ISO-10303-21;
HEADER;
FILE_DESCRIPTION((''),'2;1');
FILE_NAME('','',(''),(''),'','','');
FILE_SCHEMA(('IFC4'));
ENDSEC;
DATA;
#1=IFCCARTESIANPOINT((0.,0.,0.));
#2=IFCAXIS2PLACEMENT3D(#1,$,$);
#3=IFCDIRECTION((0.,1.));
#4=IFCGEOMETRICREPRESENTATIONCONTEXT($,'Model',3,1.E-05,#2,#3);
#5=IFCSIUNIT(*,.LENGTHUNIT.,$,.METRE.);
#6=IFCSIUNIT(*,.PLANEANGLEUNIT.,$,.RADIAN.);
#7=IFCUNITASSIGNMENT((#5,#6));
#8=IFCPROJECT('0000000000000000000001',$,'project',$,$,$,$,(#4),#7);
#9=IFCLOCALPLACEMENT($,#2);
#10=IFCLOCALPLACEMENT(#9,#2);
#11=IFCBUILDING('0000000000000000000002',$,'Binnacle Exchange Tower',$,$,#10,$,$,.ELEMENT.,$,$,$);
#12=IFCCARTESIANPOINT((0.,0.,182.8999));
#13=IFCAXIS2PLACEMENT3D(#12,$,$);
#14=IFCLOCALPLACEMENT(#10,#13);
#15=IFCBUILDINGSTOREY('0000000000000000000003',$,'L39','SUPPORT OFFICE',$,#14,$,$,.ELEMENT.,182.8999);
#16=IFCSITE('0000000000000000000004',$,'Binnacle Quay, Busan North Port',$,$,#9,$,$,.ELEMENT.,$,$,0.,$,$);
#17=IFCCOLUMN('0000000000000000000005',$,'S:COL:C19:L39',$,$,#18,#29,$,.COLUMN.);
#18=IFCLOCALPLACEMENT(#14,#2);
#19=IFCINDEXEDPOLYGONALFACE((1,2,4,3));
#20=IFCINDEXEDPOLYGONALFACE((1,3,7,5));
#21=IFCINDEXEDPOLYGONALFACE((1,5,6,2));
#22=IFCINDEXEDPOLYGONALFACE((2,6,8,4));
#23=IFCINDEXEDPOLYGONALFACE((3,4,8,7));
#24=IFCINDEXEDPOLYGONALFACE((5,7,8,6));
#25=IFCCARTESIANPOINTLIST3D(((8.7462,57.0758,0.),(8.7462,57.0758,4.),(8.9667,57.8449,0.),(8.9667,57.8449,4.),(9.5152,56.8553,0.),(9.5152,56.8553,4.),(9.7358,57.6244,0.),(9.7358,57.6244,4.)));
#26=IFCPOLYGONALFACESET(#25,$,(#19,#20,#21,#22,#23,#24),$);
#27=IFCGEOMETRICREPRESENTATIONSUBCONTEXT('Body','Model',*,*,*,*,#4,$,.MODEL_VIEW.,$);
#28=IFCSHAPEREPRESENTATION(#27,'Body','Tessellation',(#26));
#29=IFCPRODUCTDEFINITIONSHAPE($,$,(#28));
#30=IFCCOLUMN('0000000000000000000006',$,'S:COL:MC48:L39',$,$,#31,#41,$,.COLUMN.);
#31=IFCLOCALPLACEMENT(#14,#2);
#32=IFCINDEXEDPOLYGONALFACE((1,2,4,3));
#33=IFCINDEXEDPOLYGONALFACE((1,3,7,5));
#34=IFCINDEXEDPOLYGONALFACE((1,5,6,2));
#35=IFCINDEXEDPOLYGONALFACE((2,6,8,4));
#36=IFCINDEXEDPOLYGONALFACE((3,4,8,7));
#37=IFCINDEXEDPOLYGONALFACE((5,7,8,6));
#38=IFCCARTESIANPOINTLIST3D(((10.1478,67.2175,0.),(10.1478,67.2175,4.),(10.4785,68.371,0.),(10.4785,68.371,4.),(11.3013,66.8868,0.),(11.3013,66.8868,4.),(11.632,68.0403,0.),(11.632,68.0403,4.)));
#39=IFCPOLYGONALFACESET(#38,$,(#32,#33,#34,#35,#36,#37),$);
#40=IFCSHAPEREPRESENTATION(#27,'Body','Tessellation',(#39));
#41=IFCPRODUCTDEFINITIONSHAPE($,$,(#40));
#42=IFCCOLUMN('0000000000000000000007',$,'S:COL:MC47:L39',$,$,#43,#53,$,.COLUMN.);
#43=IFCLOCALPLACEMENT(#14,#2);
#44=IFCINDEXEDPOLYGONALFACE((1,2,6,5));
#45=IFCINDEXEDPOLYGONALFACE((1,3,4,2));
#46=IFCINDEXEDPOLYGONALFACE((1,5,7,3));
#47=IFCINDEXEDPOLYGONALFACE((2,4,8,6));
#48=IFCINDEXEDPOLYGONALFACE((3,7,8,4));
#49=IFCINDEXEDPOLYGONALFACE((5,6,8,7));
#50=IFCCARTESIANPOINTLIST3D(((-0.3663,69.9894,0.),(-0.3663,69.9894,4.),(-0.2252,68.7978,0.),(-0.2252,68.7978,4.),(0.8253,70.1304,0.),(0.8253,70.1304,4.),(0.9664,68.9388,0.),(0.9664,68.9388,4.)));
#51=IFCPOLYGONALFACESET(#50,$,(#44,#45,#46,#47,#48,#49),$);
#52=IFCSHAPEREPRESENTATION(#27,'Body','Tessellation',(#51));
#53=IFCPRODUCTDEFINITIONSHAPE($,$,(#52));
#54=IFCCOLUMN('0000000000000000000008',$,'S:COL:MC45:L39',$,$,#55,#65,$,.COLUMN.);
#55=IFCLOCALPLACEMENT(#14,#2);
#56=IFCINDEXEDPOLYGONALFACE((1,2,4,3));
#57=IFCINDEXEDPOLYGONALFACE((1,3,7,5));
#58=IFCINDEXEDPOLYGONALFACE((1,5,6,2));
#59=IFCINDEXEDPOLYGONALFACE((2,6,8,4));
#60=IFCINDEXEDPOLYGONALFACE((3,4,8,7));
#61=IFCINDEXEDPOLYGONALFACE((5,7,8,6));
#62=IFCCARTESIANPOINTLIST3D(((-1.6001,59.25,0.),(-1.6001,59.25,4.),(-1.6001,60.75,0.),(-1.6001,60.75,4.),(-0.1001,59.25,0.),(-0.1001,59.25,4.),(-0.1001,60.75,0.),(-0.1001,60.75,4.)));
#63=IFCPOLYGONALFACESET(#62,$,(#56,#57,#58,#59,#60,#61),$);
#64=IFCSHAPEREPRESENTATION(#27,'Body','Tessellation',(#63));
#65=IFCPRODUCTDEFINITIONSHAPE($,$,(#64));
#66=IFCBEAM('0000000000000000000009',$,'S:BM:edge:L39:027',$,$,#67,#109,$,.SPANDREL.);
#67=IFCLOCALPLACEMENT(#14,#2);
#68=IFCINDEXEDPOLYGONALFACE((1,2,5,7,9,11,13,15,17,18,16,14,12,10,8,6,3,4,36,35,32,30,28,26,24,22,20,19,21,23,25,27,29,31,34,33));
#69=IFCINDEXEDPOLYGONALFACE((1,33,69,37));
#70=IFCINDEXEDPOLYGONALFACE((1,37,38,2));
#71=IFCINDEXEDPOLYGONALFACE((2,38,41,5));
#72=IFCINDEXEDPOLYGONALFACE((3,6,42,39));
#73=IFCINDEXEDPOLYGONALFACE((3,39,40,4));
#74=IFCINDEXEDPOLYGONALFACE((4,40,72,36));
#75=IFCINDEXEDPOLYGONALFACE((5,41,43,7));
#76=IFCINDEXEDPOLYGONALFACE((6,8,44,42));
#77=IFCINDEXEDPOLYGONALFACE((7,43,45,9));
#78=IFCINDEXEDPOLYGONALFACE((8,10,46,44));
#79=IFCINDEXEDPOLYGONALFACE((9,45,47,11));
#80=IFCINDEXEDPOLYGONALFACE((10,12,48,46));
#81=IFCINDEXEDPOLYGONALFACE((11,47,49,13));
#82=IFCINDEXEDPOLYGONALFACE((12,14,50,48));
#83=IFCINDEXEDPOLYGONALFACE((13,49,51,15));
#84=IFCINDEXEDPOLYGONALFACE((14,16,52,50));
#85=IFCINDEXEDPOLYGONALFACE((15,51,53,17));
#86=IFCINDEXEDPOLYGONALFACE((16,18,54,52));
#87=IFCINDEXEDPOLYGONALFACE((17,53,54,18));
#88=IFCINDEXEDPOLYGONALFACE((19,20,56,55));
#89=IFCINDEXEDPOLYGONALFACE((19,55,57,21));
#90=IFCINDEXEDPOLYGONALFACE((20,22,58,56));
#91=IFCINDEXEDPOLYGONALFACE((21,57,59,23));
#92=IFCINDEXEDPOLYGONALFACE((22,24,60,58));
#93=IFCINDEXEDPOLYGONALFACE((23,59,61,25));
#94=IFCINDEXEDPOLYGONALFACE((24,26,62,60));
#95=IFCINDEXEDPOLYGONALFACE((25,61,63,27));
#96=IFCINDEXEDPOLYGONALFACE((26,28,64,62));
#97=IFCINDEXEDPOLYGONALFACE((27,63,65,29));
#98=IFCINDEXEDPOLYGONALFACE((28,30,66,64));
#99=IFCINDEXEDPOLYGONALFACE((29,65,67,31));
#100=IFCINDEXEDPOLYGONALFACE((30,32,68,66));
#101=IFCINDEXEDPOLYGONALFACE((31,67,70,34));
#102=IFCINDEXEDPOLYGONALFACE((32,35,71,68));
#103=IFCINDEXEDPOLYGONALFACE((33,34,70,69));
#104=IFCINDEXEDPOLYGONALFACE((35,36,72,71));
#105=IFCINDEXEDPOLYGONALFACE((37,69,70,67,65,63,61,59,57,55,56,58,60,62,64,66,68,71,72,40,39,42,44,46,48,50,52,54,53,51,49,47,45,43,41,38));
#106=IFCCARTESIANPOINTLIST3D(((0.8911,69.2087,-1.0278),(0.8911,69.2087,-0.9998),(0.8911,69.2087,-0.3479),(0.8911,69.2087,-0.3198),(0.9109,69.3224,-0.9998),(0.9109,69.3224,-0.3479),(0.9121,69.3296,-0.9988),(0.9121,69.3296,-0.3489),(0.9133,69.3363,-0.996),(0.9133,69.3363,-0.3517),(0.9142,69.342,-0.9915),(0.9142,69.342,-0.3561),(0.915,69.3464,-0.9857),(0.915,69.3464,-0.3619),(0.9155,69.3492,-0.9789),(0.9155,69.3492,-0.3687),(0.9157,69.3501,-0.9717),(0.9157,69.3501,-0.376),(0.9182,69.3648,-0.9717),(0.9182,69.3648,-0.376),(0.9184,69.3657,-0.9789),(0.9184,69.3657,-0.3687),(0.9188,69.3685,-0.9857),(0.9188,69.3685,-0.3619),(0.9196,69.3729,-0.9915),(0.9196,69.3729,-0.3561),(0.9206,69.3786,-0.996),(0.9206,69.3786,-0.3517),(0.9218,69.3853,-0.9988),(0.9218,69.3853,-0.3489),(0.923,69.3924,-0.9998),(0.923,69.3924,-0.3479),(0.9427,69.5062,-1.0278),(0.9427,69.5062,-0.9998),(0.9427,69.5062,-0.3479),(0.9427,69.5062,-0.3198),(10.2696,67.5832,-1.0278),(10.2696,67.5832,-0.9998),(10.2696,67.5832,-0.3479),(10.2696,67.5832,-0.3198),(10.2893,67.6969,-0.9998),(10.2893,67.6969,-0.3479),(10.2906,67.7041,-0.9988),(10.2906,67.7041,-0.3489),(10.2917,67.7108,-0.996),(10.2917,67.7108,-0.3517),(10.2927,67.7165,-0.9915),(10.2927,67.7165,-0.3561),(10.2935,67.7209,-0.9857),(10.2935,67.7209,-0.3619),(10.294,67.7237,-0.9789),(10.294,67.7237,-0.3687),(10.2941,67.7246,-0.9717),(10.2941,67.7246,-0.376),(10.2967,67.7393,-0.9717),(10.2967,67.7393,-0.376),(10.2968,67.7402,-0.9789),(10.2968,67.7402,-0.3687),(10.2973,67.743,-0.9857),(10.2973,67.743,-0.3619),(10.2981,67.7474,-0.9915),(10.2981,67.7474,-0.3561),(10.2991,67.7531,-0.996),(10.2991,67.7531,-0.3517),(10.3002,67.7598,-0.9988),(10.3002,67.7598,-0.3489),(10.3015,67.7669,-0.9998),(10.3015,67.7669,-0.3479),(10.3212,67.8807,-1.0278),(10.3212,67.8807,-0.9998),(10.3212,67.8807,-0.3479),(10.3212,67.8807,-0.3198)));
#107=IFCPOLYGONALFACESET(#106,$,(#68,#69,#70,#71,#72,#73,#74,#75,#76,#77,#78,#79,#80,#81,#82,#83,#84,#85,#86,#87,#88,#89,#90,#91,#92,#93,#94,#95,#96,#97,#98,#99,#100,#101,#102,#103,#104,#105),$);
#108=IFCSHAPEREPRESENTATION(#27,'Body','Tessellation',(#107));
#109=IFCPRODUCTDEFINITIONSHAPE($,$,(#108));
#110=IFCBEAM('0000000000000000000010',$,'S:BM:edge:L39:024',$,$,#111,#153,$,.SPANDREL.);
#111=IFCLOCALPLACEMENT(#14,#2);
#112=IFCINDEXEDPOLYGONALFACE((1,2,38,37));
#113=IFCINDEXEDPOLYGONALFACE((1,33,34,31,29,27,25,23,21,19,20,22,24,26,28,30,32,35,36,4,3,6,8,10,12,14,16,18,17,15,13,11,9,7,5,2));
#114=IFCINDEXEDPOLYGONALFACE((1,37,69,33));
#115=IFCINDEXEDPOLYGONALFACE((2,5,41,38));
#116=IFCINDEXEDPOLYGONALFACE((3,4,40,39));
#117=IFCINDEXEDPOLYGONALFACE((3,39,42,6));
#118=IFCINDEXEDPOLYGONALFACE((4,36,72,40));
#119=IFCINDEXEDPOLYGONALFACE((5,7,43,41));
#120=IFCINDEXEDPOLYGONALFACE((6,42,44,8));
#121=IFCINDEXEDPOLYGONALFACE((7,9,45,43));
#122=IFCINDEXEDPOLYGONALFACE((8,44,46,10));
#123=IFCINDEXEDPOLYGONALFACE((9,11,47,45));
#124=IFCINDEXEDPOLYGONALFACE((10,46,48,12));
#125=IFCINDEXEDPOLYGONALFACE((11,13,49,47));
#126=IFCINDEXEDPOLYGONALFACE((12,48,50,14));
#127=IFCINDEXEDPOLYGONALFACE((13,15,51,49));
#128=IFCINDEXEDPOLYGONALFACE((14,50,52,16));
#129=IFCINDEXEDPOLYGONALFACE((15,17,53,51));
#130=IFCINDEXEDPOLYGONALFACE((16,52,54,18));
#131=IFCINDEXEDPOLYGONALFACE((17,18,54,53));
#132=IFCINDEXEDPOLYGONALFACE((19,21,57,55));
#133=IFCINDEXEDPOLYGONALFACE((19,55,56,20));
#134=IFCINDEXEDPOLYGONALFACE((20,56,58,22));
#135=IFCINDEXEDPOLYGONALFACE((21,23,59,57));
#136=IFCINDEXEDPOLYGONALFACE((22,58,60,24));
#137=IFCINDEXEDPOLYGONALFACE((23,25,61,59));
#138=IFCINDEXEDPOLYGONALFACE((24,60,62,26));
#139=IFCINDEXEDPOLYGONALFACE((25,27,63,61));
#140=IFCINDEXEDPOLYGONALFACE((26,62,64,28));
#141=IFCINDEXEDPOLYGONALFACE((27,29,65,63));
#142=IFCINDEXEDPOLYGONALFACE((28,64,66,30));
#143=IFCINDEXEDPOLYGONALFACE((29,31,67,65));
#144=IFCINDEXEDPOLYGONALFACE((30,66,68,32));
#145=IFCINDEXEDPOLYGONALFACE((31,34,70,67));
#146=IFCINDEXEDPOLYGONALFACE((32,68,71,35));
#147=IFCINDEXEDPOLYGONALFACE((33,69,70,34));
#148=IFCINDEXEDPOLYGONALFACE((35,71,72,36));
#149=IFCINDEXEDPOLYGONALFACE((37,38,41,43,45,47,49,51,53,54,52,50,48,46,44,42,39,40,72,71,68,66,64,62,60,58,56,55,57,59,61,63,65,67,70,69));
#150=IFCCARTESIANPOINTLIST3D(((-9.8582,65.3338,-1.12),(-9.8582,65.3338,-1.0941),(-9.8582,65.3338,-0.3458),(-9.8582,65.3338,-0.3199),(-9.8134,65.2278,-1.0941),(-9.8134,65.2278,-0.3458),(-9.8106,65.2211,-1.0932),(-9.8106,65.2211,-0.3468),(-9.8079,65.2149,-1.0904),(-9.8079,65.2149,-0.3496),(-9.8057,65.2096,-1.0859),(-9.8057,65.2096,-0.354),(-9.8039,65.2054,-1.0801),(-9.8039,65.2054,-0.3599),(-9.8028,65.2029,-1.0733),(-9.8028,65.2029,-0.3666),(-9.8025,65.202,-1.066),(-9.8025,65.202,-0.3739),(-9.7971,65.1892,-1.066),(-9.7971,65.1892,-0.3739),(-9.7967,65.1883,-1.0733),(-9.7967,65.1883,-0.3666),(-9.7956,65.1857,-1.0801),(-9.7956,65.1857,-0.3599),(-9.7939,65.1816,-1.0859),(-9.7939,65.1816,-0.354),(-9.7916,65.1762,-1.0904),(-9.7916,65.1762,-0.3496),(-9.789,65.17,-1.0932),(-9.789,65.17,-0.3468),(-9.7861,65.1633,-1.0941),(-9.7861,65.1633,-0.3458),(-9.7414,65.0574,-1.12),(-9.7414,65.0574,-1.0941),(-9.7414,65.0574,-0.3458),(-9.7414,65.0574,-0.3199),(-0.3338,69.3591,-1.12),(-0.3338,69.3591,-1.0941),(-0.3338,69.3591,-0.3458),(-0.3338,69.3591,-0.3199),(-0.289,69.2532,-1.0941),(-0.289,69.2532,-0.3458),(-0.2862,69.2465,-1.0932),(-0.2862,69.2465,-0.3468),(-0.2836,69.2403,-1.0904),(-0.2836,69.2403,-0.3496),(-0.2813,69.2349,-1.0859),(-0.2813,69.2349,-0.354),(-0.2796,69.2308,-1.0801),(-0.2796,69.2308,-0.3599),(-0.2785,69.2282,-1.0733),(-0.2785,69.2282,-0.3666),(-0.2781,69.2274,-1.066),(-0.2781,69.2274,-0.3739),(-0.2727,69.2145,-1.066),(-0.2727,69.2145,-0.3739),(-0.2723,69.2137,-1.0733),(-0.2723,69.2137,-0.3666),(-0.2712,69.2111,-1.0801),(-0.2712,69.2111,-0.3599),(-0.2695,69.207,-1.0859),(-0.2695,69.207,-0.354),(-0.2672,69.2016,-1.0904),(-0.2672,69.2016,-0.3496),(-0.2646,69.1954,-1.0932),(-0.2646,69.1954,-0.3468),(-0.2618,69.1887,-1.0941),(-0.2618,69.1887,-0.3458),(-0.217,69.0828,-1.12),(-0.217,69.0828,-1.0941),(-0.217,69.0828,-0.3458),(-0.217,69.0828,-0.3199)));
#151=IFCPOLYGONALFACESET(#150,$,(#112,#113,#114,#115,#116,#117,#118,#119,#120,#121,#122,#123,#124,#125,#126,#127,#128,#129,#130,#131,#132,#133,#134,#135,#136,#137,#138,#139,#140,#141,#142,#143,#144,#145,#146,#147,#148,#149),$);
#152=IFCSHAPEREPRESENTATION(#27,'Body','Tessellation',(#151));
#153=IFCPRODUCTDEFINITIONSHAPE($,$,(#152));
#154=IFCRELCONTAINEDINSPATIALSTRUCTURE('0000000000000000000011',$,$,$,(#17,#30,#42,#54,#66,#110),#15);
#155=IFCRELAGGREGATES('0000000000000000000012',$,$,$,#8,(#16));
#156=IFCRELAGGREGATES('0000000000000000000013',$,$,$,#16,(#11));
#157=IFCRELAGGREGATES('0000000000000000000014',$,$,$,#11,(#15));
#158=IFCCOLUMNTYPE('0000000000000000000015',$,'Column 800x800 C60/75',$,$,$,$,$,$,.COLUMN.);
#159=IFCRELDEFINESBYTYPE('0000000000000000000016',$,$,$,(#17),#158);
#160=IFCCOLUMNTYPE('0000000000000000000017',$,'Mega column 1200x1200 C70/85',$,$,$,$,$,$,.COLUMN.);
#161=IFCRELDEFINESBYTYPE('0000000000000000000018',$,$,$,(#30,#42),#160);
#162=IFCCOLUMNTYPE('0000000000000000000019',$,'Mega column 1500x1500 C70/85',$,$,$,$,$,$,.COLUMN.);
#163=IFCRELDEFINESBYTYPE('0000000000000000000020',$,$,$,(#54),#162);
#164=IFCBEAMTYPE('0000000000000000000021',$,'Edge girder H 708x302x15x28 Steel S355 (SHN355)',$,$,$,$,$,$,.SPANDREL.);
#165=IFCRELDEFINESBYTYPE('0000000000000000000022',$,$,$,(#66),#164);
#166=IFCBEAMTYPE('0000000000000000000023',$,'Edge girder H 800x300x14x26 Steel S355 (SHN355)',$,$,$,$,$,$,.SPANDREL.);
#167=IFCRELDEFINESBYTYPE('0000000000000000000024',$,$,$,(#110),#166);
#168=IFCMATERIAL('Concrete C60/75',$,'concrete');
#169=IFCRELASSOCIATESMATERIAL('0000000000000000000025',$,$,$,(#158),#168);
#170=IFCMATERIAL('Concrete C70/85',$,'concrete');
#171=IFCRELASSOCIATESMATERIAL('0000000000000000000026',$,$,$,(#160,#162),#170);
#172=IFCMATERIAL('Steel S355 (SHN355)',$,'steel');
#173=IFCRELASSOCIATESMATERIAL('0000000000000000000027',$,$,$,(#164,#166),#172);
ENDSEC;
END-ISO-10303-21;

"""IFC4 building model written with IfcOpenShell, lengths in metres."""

from ifc_helpers import new_model, si_unit, direction, frame, origin, origin_2d, place, context, subcontext, project, spatial, rectangle, i_section, extrude, material, material_profile, profile_set, type_object, element, save


model = new_model("IFC4")

# Units and contexts
model_context = context("Model", 3, precision=1e-05, world=origin(), true_north=direction((0.0, 1.0)))
body_context = subcontext(model_context, "Body", "Model", "MODEL_VIEW")
ifc_project = project(units=[si_unit("LENGTHUNIT", "METRE"), si_unit("PLANEANGLEUNIT", "RADIAN")], contexts=[model_context])

# Site, building, storey
site_placement = place(None, origin())
site = spatial("IfcSite", under=ifc_project, at=site_placement, Name="Binnacle Quay, Busan North Port", CompositionType="ELEMENT", RefElevation=0.0)
building_placement = place(site_placement, origin())
building = spatial("IfcBuilding", under=site, at=building_placement, Name="Binnacle Exchange Tower", CompositionType="ELEMENT")
storey_placement = place(building_placement, frame((0.0, 0.0, 182.8999)))
storey = spatial("IfcBuildingStorey", under=building, at=storey_placement, Name="L39", Description="SUPPORT OFFICE", CompositionType="ELEMENT", Elevation=182.8999)

# Columns
ifc_material_1 = material(Name="Concrete C60/75", Category="concrete")
ifc_material_profile_1 = material_profile(ifc_material_1, rectangle(XDim=0.8, YDim=0.8, at=origin_2d()), Name="Column 800x800 C60/75")
ifc_profile_set_1 = profile_set([ifc_material_profile_1], Name="Concrete C60/75")
column_type_1 = type_object("IfcColumnType", Name="Column 800x800 C60/75", PredefinedType="COLUMN", material=ifc_profile_set_1)
column_1_placement = place(storey_placement, frame((9.241, 57.3501, 0.0), z_axis=(0.0, 0.0, 1.0), x_axis=(0.961262, -0.275637, 0.0)))
element("IfcColumn", 1, at=column_1_placement, inside=storey, type_object=column_type_1, Name="S:COL:C19:L39", PredefinedType="COLUMN", context=body_context, shape_type="SweptSolid", body=[
    extrude(rectangle(XDim=0.8, YDim=0.8, at=origin_2d()), origin(), (0.0, 0.0, 1.0), 4.0),
])
ifc_material_2 = material(Name="Concrete C70/85", Category="concrete")
ifc_material_profile_2 = material_profile(ifc_material_2, rectangle(XDim=1.2, YDim=1.2, at=origin_2d()), Name="Mega column 1200x1200 C70/85")
ifc_profile_set_2 = profile_set([ifc_material_profile_2], Name="Concrete C70/85")
column_type_2 = type_object("IfcColumnType", Name="Mega column 1200x1200 C70/85", PredefinedType="COLUMN", material=ifc_profile_set_2)
for number, where, z_axis, x_axis, name in (
    (2, (10.8899, 67.6289, 0.0), (0.0, 0.0, 1.0), (-0.961262, 0.275637, 0.0), "S:COL:MC48:L39"),
    (3, (0.3, 69.4641, 0.0), (0.0, 0.0, 1.0), (-0.993068, -0.117537, 0.0), "S:COL:MC47:L39"),
):
    element("IfcColumn", number, at=place(storey_placement, frame(where, z_axis=z_axis, x_axis=x_axis)), inside=storey, type_object=column_type_2, Name=name, PredefinedType="COLUMN", context=body_context, shape_type="SweptSolid", body=[
        extrude(rectangle(XDim=1.2, YDim=1.2, at=origin_2d()), origin(), (0.0, 0.0, 1.0), 4.0),
    ])
ifc_material_profile_3 = material_profile(ifc_material_2, rectangle(XDim=1.5, YDim=1.5, at=origin_2d()), Name="Mega column 1500x1500 C70/85")
ifc_profile_set_3 = profile_set([ifc_material_profile_3], Name="Concrete C70/85")
column_type_3 = type_object("IfcColumnType", Name="Mega column 1500x1500 C70/85", PredefinedType="COLUMN", material=ifc_profile_set_3)
column_2_placement = place(storey_placement, frame((-0.8501, 60.0, 0.0), z_axis=(0.0, 0.0, 1.0), x_axis=(0.0, 1.0, 0.0)))
element("IfcColumn", 4, at=column_2_placement, inside=storey, type_object=column_type_3, Name="S:COL:MC45:L39", PredefinedType="COLUMN", context=body_context, shape_type="SweptSolid", body=[
    extrude(rectangle(XDim=1.5, YDim=1.5, at=origin_2d()), origin(), (0.0, 0.0, 1.0), 4.0),
])

# Beams
ifc_material_3 = material(Name="Steel S355 (SHN355)", Category="steel")
ifc_material_profile_4 = material_profile(ifc_material_3, i_section(OverallWidth=0.302, OverallDepth=0.708, WebThickness=0.0149, FlangeThickness=0.0281, FilletRadius=0.0281, at=origin_2d()), Name="H 708x302x15x28")
ifc_profile_set_4 = profile_set([ifc_material_profile_4], Name="Steel S355 (SHN355)")
beam_type_1 = type_object("IfcBeamType", Name="Edge girder H 708x302x15x28 Steel S355 (SHN355)", PredefinedType="SPANDREL", material=ifc_profile_set_4)
beam_1_placement = place(storey_placement, frame((10.2954, 67.7319, -0.6738), z_axis=(-0.98531, 0.170776, 0.0), x_axis=(-0.170776, -0.98531, 0.0)))
element("IfcBeam", 5, at=beam_1_placement, inside=storey, type_object=beam_type_1, Name="S:BM:edge:L39:027", PredefinedType="SPANDREL", context=body_context, shape_type="SweptSolid", body=[
    extrude(i_section(OverallWidth=0.302, OverallDepth=0.708, WebThickness=0.0149, FlangeThickness=0.0281, FilletRadius=0.0281, at=origin_2d()), origin(), (0.0, 0.0, 1.0), 9.5183),
])
ifc_material_profile_5 = material_profile(ifc_material_3, i_section(OverallWidth=0.3, OverallDepth=0.8, WebThickness=0.0139, FlangeThickness=0.0259, FilletRadius=0.0281, at=origin_2d()), Name="H 800x300x14x26")
ifc_profile_set_5 = profile_set([ifc_material_profile_5], Name="Steel S355 (SHN355)")
beam_type_2 = type_object("IfcBeamType", Name="Edge girder H 800x300x14x26 Steel S355 (SHN355)", PredefinedType="SPANDREL", material=ifc_profile_set_5)
beam_2_placement = place(storey_placement, frame((-0.2754, 69.2209, -0.72), z_axis=(-0.921112, -0.389298, 0.0), x_axis=(0.389298, -0.921112, 0.0)))
element("IfcBeam", 6, at=beam_2_placement, inside=storey, type_object=beam_type_2, Name="S:BM:edge:L39:024", PredefinedType="SPANDREL", context=body_context, shape_type="SweptSolid", body=[
    extrude(i_section(OverallWidth=0.3, OverallDepth=0.8, WebThickness=0.0139, FlangeThickness=0.0259, FilletRadius=0.0281, at=origin_2d()), origin(), (0.0, 0.0, 1.0), 10.3401),
])

save(model, "model.ifc")
